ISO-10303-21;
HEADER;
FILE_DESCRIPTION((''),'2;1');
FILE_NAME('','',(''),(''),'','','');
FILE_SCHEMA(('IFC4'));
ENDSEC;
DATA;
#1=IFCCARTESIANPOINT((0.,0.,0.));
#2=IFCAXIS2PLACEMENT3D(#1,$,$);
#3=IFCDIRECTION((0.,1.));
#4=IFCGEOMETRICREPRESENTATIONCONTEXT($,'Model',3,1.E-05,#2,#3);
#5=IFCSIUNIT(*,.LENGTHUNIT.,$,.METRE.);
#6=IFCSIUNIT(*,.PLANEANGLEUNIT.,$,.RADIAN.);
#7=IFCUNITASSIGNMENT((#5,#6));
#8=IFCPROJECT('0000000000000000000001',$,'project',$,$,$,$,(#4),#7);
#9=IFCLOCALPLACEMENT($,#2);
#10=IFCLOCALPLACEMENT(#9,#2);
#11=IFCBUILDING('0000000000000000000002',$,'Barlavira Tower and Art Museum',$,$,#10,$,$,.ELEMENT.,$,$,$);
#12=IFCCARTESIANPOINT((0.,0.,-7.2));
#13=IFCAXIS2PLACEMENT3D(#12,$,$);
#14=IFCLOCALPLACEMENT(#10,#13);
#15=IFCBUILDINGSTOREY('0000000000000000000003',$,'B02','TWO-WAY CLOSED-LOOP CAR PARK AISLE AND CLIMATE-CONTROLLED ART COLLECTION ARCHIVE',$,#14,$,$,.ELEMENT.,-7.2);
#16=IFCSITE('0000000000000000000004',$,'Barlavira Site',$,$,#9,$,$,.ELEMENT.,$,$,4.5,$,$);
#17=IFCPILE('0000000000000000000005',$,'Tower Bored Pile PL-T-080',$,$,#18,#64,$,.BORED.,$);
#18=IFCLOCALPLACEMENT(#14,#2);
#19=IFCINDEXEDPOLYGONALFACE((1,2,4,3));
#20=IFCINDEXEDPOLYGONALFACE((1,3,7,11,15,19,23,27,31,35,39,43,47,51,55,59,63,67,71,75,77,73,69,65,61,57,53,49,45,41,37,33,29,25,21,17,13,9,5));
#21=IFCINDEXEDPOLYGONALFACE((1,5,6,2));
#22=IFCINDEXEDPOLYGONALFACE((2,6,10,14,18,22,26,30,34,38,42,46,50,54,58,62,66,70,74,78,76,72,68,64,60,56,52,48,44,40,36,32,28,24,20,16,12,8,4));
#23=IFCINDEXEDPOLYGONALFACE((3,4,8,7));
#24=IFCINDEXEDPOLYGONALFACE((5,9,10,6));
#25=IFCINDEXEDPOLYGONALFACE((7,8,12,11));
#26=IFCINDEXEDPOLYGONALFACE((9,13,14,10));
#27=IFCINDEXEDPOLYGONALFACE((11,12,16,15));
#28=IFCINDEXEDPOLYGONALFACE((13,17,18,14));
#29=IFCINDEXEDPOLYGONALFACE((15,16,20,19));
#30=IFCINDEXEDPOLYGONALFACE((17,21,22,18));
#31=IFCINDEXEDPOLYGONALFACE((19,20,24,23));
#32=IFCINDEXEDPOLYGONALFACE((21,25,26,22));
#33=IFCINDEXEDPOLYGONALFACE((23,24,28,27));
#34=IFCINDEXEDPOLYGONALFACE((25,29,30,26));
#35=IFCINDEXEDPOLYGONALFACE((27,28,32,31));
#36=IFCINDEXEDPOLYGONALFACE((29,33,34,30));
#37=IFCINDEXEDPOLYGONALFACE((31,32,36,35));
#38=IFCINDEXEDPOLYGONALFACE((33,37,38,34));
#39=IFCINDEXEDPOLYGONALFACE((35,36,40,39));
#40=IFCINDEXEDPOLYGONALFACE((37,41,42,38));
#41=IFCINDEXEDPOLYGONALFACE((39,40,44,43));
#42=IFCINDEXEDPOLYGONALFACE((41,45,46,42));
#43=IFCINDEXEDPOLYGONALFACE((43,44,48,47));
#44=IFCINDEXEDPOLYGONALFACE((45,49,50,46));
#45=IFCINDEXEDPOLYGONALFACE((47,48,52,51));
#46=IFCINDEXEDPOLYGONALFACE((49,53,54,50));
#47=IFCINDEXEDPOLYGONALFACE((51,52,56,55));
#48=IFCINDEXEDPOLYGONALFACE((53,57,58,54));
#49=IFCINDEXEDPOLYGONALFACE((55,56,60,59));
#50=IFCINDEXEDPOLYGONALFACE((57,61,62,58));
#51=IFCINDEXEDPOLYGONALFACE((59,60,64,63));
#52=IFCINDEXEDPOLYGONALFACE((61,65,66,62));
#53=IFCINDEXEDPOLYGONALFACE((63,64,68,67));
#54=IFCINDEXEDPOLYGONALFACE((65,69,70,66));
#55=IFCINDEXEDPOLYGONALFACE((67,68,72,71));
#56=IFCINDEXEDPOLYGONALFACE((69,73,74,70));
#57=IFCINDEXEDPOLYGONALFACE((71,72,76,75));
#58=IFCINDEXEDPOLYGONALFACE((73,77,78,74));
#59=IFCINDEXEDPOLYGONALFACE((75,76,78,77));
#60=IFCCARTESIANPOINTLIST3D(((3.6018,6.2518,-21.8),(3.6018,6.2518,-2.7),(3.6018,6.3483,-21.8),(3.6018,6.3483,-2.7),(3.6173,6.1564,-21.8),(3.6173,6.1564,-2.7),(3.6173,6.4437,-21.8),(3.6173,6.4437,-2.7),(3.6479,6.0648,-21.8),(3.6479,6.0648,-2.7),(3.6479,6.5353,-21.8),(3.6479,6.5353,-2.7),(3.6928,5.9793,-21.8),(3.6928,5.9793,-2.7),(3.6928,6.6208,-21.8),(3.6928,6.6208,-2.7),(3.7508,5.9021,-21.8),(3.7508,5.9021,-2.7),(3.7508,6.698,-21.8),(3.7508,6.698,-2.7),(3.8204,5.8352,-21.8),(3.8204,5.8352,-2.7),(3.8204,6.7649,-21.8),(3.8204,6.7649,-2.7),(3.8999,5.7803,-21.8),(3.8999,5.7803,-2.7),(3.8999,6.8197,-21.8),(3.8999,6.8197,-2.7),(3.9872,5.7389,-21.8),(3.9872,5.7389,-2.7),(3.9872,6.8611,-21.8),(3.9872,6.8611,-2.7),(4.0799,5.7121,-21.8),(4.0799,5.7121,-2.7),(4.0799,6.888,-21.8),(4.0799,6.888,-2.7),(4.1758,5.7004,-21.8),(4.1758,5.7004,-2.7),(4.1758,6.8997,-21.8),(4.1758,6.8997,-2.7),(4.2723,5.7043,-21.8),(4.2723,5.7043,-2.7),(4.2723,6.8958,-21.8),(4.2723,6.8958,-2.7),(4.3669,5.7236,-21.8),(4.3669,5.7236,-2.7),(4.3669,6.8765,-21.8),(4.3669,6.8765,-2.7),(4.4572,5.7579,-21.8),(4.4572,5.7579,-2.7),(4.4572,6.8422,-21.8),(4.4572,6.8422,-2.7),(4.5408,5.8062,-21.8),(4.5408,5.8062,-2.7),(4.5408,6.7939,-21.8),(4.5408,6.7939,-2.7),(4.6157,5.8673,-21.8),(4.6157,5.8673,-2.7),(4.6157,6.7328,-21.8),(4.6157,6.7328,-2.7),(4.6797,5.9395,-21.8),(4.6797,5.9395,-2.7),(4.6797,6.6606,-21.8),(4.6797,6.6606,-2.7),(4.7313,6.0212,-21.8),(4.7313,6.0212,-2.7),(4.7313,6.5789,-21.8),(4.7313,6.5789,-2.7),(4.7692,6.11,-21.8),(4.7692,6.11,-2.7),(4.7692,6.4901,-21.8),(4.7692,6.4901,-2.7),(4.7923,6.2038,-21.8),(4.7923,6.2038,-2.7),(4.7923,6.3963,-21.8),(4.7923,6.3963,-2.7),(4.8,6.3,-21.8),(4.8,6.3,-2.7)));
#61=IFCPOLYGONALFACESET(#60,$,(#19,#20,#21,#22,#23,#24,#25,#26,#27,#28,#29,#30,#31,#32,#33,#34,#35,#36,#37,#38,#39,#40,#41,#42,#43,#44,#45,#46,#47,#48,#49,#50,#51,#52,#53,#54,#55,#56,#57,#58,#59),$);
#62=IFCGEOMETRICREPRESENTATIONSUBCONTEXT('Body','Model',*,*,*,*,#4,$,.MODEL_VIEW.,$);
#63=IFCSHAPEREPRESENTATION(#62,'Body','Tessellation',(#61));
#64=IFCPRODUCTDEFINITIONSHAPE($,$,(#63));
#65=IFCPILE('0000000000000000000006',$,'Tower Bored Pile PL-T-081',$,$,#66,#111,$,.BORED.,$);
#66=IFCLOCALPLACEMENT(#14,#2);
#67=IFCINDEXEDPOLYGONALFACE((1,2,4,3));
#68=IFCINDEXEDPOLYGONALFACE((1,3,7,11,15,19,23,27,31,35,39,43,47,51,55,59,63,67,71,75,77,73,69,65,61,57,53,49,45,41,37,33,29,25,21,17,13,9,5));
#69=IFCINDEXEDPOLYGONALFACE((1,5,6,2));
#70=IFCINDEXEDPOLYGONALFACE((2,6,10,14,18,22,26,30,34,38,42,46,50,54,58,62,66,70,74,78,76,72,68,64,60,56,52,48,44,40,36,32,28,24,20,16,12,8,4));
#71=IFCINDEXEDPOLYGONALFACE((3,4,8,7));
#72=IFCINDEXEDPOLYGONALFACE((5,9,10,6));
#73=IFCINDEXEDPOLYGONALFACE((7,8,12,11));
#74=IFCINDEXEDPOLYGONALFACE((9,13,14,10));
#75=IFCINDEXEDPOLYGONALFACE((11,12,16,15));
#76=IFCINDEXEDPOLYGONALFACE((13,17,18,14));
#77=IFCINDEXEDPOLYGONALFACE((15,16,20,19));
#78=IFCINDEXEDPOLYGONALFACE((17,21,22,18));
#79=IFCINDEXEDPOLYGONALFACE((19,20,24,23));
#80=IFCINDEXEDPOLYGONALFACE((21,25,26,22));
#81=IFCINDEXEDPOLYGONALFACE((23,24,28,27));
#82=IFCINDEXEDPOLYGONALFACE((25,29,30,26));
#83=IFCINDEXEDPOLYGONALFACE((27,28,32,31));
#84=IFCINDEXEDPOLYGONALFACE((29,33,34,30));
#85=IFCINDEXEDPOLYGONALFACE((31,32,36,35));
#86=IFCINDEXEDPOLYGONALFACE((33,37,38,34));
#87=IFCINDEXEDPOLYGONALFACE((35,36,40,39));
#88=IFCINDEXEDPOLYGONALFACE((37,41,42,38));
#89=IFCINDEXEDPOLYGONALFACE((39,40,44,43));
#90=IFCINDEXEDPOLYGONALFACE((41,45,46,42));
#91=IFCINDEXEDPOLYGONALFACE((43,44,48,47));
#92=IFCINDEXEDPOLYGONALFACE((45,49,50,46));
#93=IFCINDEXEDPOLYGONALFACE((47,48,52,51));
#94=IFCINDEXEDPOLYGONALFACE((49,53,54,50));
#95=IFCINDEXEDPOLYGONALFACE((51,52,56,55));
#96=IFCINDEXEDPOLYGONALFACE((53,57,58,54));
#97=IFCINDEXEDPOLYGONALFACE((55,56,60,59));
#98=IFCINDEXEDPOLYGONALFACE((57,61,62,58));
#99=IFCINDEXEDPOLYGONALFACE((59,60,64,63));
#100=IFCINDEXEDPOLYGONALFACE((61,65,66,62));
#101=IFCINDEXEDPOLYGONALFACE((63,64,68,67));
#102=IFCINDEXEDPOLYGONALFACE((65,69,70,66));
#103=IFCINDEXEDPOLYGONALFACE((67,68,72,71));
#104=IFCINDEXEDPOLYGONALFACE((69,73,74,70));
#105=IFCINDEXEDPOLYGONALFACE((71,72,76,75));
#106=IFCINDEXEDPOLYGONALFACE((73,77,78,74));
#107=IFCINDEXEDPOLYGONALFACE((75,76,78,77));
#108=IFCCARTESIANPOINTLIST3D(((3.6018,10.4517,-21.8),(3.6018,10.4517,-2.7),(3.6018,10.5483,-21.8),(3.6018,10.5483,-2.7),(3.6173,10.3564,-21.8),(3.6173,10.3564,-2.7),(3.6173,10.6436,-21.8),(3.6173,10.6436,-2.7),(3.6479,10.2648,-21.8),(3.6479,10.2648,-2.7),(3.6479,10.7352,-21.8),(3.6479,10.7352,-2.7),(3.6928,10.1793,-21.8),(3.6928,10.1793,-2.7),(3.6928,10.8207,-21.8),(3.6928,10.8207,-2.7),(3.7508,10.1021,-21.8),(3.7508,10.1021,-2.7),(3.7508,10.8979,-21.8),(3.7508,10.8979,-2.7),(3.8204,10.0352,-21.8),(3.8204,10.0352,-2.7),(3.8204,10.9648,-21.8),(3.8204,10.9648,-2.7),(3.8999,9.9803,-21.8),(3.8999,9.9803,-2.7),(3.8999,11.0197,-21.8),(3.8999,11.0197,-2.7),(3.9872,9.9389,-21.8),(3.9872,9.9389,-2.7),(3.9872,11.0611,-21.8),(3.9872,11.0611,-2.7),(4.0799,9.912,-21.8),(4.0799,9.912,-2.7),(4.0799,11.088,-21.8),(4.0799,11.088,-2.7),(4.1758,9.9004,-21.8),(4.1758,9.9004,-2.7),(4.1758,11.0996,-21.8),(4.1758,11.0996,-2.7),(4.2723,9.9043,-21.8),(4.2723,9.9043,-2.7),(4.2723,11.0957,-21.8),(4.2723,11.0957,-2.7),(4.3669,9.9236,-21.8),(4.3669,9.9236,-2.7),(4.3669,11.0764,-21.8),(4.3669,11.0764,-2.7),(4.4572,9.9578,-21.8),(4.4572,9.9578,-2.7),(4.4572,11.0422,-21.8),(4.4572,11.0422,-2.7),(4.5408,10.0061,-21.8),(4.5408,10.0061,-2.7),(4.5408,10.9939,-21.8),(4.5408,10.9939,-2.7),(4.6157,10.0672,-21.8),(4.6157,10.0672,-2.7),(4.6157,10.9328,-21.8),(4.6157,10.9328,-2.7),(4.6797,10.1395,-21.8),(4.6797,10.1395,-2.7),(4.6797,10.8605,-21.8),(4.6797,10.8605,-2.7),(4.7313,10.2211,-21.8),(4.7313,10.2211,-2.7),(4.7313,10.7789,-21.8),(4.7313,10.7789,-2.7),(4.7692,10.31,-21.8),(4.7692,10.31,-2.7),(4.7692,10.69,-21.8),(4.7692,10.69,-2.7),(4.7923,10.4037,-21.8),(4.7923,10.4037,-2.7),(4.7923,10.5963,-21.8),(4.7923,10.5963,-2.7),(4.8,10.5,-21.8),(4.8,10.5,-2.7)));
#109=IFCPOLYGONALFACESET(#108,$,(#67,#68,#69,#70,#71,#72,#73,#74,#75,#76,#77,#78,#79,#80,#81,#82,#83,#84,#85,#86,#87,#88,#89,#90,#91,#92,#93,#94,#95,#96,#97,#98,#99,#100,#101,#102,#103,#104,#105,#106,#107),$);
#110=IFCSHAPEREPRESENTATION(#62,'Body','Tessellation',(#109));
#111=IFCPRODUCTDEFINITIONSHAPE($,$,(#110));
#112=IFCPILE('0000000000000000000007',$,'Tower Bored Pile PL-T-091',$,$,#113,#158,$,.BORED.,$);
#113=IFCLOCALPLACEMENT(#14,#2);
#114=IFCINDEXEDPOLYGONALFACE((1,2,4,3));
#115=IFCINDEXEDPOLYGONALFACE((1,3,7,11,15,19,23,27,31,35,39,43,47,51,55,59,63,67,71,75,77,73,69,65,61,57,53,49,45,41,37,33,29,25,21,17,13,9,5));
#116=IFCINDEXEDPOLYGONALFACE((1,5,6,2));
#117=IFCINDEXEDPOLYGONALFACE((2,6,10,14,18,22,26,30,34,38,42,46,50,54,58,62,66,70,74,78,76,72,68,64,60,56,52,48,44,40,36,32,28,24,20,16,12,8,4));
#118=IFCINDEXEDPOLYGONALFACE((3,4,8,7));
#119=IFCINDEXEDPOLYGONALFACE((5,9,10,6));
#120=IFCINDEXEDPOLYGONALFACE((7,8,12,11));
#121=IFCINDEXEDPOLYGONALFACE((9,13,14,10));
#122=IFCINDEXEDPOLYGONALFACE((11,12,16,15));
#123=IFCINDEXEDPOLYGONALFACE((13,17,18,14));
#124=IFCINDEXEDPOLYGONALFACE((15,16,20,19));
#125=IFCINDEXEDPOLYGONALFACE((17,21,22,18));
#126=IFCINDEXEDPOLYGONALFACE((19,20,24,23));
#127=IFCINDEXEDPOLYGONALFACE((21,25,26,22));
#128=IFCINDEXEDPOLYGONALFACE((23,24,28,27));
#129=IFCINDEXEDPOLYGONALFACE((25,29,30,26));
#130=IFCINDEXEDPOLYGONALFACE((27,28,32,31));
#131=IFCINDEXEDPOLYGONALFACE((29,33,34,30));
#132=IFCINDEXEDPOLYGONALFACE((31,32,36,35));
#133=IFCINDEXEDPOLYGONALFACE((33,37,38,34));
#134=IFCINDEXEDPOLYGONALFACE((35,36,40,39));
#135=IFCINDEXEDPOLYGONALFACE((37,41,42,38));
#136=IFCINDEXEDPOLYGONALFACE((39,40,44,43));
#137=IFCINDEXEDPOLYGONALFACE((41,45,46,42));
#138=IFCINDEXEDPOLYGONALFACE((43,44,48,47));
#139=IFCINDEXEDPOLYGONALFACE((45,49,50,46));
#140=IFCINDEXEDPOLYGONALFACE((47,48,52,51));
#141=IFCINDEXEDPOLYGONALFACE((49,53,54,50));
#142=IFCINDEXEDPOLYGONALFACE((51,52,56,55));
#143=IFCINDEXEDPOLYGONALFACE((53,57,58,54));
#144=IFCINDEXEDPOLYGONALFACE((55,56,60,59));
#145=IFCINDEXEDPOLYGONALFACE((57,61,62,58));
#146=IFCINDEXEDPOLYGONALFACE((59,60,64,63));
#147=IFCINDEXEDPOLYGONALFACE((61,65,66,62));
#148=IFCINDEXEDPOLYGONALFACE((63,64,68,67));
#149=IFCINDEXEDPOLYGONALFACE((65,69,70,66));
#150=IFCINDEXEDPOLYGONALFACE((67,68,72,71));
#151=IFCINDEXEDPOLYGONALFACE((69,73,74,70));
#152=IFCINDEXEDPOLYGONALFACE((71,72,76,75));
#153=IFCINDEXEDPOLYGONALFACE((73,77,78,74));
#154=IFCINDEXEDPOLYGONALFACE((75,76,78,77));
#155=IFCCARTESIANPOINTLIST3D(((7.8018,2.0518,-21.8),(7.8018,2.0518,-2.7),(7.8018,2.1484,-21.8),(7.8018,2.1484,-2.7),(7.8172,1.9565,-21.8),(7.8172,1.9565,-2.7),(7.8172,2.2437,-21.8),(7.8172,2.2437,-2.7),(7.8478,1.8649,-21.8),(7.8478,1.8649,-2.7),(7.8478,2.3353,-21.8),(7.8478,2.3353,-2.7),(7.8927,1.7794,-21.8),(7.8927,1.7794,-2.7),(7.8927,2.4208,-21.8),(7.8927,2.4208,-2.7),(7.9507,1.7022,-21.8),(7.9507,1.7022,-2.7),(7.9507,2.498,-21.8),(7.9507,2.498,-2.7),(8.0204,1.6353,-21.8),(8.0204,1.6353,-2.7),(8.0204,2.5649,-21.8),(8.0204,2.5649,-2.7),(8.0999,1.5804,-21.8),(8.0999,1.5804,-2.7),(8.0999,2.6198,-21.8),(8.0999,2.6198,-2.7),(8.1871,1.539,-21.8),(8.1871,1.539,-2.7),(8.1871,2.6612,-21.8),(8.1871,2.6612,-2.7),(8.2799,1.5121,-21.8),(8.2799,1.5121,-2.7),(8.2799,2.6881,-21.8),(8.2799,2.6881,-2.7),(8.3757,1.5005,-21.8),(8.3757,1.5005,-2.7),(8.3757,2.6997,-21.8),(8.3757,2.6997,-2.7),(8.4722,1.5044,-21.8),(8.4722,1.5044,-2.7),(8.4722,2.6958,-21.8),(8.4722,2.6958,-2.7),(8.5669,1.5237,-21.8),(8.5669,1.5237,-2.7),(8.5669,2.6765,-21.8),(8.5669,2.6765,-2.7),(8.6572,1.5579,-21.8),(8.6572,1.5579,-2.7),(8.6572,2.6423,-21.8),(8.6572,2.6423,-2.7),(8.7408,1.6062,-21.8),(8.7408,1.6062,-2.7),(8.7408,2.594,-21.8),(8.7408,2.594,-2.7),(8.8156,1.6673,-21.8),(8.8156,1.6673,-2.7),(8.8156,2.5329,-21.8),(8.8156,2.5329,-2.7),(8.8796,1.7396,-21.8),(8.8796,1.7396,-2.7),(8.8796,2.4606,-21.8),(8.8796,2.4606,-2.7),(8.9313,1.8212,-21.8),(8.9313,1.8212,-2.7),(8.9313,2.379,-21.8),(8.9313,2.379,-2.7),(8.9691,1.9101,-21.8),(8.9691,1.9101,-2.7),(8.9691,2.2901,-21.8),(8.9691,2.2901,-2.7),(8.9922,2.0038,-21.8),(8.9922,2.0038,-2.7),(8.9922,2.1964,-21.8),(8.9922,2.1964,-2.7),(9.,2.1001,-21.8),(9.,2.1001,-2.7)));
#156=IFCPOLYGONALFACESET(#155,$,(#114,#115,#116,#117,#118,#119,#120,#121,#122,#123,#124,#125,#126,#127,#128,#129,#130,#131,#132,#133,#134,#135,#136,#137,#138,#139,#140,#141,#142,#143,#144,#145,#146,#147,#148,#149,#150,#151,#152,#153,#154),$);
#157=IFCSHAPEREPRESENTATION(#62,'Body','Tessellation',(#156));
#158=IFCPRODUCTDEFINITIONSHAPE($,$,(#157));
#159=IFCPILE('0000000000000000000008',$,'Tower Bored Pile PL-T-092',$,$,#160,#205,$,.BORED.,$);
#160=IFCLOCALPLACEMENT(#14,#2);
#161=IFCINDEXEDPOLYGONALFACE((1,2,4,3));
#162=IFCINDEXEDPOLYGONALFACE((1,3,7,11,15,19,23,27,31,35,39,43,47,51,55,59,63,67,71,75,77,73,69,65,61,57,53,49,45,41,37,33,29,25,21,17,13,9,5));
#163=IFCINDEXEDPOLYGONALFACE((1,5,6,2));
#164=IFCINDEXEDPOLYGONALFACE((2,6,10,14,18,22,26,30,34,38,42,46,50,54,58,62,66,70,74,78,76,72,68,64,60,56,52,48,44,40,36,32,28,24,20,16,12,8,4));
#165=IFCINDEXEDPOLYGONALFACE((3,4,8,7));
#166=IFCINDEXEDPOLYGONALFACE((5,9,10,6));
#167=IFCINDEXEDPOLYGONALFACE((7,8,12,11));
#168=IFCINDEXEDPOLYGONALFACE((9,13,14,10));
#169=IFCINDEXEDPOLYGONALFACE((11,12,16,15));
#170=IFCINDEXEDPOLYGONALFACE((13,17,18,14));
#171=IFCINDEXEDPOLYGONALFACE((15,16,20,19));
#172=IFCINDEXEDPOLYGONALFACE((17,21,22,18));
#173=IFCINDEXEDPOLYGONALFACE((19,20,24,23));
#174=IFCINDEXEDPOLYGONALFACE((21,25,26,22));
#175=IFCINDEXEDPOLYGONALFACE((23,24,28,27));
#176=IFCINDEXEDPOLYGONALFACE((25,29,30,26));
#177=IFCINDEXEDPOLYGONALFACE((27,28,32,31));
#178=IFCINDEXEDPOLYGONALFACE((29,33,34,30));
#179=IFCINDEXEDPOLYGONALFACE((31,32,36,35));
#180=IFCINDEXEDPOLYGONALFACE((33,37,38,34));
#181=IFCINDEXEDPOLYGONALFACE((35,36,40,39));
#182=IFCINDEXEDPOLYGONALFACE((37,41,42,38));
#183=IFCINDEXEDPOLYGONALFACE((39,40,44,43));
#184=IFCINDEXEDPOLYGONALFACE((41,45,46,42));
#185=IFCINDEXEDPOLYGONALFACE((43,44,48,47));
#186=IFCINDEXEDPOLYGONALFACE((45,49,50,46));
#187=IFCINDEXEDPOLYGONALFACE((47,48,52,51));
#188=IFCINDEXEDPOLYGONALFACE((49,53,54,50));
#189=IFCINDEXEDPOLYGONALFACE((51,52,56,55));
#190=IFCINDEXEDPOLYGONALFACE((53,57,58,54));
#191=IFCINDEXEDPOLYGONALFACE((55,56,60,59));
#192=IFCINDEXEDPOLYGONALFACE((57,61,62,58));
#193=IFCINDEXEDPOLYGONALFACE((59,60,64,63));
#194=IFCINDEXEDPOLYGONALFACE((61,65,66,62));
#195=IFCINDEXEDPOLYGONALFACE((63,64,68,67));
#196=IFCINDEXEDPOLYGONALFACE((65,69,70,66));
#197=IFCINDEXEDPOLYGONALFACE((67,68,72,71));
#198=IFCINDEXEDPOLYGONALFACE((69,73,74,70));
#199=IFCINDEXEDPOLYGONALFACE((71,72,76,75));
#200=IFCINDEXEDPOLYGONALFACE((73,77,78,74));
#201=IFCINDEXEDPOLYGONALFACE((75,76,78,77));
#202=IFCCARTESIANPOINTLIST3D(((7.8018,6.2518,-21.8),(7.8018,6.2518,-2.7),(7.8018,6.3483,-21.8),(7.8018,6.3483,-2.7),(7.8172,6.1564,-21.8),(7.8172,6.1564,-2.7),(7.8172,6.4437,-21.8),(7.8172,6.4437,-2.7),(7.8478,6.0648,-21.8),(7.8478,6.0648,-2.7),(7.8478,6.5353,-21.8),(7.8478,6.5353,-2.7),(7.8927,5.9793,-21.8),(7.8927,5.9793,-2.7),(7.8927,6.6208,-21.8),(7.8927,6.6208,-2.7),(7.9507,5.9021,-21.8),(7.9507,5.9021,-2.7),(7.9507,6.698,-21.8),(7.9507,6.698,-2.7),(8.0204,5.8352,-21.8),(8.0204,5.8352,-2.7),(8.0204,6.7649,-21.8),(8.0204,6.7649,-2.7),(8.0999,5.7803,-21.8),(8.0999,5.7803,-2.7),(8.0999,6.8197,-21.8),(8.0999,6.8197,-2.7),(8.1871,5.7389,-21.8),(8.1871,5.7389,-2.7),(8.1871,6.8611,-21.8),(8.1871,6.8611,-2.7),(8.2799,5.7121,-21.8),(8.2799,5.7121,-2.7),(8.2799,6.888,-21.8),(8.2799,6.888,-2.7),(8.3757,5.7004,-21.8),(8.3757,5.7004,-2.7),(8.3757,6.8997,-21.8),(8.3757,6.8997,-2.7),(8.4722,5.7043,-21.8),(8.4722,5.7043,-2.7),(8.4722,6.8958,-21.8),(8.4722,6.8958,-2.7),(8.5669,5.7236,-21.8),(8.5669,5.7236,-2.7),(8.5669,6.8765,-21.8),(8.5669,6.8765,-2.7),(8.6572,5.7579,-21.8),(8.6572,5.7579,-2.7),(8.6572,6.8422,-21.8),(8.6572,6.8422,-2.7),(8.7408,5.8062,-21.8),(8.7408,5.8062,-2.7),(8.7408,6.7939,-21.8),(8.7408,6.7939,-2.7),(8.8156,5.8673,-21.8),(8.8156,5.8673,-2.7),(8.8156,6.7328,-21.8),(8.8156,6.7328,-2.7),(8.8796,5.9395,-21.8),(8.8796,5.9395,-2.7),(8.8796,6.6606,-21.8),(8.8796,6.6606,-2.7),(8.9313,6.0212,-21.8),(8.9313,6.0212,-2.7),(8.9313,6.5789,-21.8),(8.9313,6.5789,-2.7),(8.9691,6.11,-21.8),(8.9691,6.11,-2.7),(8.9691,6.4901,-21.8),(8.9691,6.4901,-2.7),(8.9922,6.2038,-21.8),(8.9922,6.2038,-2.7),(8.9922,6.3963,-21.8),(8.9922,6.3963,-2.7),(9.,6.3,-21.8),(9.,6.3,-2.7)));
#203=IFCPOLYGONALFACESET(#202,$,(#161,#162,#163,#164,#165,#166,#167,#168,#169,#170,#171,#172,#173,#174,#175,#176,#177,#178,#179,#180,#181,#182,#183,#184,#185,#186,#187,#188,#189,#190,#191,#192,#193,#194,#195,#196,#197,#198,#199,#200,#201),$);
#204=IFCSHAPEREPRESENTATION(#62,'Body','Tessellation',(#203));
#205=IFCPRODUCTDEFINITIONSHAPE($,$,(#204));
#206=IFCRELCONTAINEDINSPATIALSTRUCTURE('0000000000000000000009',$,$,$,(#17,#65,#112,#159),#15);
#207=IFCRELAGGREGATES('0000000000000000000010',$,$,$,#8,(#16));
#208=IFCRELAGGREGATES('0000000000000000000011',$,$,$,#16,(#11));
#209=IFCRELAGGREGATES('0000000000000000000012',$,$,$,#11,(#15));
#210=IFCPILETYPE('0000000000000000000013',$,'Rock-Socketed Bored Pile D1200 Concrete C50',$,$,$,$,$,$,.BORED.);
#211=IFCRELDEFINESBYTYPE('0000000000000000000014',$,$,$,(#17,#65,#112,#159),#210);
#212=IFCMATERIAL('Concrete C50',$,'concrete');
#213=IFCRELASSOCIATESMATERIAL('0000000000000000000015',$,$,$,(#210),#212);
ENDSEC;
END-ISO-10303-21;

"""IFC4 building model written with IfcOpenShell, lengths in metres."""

from ifc_helpers import new_model, si_unit, direction, frame, origin, origin_2d, place, context, subcontext, project, spatial, circle, extrude, material, material_profile, profile_set, type_object, element, save


model = new_model("IFC4")

# Units and contexts
model_context = context("Model", 3, precision=1e-05, world=origin(), true_north=direction((0.0, 1.0)))
body_context = subcontext(model_context, "Body", "Model", "MODEL_VIEW")
ifc_project = project(units=[si_unit("LENGTHUNIT", "METRE"), si_unit("PLANEANGLEUNIT", "RADIAN")], contexts=[model_context])

# Site, building, storey
site_placement = place(None, origin())
site = spatial("IfcSite", under=ifc_project, at=site_placement, Name="Barlavira Site", CompositionType="ELEMENT", RefElevation=4.5)
building_placement = place(site_placement, origin())
building = spatial("IfcBuilding", under=site, at=building_placement, Name="Barlavira Tower and Art Museum", CompositionType="ELEMENT")
storey_placement = place(building_placement, frame((0.0, 0.0, -7.2)))
storey = spatial("IfcBuildingStorey", under=building, at=storey_placement, Name="B02", Description="TWO-WAY CLOSED-LOOP CAR PARK AISLE AND CLIMATE-CONTROLLED ART COLLECTION ARCHIVE", CompositionType="ELEMENT", Elevation=-7.2)

# Piles
ifc_material_1 = material(Name="Concrete C50", Category="concrete")
ifc_material_profile_1 = material_profile(ifc_material_1, circle(Radius=0.6001, at=origin_2d()), Name="BORED PILE D1200")
ifc_profile_set_1 = profile_set([ifc_material_profile_1], Name="Concrete C50")
pile_type = type_object("IfcPileType", Name="Rock-Socketed Bored Pile D1200 Concrete C50", PredefinedType="BORED", material=ifc_profile_set_1)
for number, where, z_axis, x_axis, name in (
    (1, (4.2, 6.3, -2.7), (0.0, 0.0, -1.0), (1.0, 0.0, 0.0), "Tower Bored Pile PL-T-080"),
    (2, (4.2, 10.5, -2.7), (0.0, 0.0, -1.0), (1.0, 0.0, 0.0), "Tower Bored Pile PL-T-081"),
    (3, (8.3999, 2.1001, -2.7), (0.0, 0.0, -1.0), (1.0, 0.0, 0.0), "Tower Bored Pile PL-T-091"),
    (4, (8.3999, 6.3, -2.7), (0.0, 0.0, -1.0), (1.0, 0.0, 0.0), "Tower Bored Pile PL-T-092"),
):
    element("IfcPile", number, at=place(storey_placement, frame(where, z_axis=z_axis, x_axis=x_axis)), inside=storey, type_object=pile_type, Name=name, PredefinedType="BORED", context=body_context, shape_type="SweptSolid", body=[
        extrude(circle(Radius=0.6001, at=origin_2d()), origin(), (0.0, 0.0, 1.0), 19.1001),
    ])

save(model, "model.ifc")
